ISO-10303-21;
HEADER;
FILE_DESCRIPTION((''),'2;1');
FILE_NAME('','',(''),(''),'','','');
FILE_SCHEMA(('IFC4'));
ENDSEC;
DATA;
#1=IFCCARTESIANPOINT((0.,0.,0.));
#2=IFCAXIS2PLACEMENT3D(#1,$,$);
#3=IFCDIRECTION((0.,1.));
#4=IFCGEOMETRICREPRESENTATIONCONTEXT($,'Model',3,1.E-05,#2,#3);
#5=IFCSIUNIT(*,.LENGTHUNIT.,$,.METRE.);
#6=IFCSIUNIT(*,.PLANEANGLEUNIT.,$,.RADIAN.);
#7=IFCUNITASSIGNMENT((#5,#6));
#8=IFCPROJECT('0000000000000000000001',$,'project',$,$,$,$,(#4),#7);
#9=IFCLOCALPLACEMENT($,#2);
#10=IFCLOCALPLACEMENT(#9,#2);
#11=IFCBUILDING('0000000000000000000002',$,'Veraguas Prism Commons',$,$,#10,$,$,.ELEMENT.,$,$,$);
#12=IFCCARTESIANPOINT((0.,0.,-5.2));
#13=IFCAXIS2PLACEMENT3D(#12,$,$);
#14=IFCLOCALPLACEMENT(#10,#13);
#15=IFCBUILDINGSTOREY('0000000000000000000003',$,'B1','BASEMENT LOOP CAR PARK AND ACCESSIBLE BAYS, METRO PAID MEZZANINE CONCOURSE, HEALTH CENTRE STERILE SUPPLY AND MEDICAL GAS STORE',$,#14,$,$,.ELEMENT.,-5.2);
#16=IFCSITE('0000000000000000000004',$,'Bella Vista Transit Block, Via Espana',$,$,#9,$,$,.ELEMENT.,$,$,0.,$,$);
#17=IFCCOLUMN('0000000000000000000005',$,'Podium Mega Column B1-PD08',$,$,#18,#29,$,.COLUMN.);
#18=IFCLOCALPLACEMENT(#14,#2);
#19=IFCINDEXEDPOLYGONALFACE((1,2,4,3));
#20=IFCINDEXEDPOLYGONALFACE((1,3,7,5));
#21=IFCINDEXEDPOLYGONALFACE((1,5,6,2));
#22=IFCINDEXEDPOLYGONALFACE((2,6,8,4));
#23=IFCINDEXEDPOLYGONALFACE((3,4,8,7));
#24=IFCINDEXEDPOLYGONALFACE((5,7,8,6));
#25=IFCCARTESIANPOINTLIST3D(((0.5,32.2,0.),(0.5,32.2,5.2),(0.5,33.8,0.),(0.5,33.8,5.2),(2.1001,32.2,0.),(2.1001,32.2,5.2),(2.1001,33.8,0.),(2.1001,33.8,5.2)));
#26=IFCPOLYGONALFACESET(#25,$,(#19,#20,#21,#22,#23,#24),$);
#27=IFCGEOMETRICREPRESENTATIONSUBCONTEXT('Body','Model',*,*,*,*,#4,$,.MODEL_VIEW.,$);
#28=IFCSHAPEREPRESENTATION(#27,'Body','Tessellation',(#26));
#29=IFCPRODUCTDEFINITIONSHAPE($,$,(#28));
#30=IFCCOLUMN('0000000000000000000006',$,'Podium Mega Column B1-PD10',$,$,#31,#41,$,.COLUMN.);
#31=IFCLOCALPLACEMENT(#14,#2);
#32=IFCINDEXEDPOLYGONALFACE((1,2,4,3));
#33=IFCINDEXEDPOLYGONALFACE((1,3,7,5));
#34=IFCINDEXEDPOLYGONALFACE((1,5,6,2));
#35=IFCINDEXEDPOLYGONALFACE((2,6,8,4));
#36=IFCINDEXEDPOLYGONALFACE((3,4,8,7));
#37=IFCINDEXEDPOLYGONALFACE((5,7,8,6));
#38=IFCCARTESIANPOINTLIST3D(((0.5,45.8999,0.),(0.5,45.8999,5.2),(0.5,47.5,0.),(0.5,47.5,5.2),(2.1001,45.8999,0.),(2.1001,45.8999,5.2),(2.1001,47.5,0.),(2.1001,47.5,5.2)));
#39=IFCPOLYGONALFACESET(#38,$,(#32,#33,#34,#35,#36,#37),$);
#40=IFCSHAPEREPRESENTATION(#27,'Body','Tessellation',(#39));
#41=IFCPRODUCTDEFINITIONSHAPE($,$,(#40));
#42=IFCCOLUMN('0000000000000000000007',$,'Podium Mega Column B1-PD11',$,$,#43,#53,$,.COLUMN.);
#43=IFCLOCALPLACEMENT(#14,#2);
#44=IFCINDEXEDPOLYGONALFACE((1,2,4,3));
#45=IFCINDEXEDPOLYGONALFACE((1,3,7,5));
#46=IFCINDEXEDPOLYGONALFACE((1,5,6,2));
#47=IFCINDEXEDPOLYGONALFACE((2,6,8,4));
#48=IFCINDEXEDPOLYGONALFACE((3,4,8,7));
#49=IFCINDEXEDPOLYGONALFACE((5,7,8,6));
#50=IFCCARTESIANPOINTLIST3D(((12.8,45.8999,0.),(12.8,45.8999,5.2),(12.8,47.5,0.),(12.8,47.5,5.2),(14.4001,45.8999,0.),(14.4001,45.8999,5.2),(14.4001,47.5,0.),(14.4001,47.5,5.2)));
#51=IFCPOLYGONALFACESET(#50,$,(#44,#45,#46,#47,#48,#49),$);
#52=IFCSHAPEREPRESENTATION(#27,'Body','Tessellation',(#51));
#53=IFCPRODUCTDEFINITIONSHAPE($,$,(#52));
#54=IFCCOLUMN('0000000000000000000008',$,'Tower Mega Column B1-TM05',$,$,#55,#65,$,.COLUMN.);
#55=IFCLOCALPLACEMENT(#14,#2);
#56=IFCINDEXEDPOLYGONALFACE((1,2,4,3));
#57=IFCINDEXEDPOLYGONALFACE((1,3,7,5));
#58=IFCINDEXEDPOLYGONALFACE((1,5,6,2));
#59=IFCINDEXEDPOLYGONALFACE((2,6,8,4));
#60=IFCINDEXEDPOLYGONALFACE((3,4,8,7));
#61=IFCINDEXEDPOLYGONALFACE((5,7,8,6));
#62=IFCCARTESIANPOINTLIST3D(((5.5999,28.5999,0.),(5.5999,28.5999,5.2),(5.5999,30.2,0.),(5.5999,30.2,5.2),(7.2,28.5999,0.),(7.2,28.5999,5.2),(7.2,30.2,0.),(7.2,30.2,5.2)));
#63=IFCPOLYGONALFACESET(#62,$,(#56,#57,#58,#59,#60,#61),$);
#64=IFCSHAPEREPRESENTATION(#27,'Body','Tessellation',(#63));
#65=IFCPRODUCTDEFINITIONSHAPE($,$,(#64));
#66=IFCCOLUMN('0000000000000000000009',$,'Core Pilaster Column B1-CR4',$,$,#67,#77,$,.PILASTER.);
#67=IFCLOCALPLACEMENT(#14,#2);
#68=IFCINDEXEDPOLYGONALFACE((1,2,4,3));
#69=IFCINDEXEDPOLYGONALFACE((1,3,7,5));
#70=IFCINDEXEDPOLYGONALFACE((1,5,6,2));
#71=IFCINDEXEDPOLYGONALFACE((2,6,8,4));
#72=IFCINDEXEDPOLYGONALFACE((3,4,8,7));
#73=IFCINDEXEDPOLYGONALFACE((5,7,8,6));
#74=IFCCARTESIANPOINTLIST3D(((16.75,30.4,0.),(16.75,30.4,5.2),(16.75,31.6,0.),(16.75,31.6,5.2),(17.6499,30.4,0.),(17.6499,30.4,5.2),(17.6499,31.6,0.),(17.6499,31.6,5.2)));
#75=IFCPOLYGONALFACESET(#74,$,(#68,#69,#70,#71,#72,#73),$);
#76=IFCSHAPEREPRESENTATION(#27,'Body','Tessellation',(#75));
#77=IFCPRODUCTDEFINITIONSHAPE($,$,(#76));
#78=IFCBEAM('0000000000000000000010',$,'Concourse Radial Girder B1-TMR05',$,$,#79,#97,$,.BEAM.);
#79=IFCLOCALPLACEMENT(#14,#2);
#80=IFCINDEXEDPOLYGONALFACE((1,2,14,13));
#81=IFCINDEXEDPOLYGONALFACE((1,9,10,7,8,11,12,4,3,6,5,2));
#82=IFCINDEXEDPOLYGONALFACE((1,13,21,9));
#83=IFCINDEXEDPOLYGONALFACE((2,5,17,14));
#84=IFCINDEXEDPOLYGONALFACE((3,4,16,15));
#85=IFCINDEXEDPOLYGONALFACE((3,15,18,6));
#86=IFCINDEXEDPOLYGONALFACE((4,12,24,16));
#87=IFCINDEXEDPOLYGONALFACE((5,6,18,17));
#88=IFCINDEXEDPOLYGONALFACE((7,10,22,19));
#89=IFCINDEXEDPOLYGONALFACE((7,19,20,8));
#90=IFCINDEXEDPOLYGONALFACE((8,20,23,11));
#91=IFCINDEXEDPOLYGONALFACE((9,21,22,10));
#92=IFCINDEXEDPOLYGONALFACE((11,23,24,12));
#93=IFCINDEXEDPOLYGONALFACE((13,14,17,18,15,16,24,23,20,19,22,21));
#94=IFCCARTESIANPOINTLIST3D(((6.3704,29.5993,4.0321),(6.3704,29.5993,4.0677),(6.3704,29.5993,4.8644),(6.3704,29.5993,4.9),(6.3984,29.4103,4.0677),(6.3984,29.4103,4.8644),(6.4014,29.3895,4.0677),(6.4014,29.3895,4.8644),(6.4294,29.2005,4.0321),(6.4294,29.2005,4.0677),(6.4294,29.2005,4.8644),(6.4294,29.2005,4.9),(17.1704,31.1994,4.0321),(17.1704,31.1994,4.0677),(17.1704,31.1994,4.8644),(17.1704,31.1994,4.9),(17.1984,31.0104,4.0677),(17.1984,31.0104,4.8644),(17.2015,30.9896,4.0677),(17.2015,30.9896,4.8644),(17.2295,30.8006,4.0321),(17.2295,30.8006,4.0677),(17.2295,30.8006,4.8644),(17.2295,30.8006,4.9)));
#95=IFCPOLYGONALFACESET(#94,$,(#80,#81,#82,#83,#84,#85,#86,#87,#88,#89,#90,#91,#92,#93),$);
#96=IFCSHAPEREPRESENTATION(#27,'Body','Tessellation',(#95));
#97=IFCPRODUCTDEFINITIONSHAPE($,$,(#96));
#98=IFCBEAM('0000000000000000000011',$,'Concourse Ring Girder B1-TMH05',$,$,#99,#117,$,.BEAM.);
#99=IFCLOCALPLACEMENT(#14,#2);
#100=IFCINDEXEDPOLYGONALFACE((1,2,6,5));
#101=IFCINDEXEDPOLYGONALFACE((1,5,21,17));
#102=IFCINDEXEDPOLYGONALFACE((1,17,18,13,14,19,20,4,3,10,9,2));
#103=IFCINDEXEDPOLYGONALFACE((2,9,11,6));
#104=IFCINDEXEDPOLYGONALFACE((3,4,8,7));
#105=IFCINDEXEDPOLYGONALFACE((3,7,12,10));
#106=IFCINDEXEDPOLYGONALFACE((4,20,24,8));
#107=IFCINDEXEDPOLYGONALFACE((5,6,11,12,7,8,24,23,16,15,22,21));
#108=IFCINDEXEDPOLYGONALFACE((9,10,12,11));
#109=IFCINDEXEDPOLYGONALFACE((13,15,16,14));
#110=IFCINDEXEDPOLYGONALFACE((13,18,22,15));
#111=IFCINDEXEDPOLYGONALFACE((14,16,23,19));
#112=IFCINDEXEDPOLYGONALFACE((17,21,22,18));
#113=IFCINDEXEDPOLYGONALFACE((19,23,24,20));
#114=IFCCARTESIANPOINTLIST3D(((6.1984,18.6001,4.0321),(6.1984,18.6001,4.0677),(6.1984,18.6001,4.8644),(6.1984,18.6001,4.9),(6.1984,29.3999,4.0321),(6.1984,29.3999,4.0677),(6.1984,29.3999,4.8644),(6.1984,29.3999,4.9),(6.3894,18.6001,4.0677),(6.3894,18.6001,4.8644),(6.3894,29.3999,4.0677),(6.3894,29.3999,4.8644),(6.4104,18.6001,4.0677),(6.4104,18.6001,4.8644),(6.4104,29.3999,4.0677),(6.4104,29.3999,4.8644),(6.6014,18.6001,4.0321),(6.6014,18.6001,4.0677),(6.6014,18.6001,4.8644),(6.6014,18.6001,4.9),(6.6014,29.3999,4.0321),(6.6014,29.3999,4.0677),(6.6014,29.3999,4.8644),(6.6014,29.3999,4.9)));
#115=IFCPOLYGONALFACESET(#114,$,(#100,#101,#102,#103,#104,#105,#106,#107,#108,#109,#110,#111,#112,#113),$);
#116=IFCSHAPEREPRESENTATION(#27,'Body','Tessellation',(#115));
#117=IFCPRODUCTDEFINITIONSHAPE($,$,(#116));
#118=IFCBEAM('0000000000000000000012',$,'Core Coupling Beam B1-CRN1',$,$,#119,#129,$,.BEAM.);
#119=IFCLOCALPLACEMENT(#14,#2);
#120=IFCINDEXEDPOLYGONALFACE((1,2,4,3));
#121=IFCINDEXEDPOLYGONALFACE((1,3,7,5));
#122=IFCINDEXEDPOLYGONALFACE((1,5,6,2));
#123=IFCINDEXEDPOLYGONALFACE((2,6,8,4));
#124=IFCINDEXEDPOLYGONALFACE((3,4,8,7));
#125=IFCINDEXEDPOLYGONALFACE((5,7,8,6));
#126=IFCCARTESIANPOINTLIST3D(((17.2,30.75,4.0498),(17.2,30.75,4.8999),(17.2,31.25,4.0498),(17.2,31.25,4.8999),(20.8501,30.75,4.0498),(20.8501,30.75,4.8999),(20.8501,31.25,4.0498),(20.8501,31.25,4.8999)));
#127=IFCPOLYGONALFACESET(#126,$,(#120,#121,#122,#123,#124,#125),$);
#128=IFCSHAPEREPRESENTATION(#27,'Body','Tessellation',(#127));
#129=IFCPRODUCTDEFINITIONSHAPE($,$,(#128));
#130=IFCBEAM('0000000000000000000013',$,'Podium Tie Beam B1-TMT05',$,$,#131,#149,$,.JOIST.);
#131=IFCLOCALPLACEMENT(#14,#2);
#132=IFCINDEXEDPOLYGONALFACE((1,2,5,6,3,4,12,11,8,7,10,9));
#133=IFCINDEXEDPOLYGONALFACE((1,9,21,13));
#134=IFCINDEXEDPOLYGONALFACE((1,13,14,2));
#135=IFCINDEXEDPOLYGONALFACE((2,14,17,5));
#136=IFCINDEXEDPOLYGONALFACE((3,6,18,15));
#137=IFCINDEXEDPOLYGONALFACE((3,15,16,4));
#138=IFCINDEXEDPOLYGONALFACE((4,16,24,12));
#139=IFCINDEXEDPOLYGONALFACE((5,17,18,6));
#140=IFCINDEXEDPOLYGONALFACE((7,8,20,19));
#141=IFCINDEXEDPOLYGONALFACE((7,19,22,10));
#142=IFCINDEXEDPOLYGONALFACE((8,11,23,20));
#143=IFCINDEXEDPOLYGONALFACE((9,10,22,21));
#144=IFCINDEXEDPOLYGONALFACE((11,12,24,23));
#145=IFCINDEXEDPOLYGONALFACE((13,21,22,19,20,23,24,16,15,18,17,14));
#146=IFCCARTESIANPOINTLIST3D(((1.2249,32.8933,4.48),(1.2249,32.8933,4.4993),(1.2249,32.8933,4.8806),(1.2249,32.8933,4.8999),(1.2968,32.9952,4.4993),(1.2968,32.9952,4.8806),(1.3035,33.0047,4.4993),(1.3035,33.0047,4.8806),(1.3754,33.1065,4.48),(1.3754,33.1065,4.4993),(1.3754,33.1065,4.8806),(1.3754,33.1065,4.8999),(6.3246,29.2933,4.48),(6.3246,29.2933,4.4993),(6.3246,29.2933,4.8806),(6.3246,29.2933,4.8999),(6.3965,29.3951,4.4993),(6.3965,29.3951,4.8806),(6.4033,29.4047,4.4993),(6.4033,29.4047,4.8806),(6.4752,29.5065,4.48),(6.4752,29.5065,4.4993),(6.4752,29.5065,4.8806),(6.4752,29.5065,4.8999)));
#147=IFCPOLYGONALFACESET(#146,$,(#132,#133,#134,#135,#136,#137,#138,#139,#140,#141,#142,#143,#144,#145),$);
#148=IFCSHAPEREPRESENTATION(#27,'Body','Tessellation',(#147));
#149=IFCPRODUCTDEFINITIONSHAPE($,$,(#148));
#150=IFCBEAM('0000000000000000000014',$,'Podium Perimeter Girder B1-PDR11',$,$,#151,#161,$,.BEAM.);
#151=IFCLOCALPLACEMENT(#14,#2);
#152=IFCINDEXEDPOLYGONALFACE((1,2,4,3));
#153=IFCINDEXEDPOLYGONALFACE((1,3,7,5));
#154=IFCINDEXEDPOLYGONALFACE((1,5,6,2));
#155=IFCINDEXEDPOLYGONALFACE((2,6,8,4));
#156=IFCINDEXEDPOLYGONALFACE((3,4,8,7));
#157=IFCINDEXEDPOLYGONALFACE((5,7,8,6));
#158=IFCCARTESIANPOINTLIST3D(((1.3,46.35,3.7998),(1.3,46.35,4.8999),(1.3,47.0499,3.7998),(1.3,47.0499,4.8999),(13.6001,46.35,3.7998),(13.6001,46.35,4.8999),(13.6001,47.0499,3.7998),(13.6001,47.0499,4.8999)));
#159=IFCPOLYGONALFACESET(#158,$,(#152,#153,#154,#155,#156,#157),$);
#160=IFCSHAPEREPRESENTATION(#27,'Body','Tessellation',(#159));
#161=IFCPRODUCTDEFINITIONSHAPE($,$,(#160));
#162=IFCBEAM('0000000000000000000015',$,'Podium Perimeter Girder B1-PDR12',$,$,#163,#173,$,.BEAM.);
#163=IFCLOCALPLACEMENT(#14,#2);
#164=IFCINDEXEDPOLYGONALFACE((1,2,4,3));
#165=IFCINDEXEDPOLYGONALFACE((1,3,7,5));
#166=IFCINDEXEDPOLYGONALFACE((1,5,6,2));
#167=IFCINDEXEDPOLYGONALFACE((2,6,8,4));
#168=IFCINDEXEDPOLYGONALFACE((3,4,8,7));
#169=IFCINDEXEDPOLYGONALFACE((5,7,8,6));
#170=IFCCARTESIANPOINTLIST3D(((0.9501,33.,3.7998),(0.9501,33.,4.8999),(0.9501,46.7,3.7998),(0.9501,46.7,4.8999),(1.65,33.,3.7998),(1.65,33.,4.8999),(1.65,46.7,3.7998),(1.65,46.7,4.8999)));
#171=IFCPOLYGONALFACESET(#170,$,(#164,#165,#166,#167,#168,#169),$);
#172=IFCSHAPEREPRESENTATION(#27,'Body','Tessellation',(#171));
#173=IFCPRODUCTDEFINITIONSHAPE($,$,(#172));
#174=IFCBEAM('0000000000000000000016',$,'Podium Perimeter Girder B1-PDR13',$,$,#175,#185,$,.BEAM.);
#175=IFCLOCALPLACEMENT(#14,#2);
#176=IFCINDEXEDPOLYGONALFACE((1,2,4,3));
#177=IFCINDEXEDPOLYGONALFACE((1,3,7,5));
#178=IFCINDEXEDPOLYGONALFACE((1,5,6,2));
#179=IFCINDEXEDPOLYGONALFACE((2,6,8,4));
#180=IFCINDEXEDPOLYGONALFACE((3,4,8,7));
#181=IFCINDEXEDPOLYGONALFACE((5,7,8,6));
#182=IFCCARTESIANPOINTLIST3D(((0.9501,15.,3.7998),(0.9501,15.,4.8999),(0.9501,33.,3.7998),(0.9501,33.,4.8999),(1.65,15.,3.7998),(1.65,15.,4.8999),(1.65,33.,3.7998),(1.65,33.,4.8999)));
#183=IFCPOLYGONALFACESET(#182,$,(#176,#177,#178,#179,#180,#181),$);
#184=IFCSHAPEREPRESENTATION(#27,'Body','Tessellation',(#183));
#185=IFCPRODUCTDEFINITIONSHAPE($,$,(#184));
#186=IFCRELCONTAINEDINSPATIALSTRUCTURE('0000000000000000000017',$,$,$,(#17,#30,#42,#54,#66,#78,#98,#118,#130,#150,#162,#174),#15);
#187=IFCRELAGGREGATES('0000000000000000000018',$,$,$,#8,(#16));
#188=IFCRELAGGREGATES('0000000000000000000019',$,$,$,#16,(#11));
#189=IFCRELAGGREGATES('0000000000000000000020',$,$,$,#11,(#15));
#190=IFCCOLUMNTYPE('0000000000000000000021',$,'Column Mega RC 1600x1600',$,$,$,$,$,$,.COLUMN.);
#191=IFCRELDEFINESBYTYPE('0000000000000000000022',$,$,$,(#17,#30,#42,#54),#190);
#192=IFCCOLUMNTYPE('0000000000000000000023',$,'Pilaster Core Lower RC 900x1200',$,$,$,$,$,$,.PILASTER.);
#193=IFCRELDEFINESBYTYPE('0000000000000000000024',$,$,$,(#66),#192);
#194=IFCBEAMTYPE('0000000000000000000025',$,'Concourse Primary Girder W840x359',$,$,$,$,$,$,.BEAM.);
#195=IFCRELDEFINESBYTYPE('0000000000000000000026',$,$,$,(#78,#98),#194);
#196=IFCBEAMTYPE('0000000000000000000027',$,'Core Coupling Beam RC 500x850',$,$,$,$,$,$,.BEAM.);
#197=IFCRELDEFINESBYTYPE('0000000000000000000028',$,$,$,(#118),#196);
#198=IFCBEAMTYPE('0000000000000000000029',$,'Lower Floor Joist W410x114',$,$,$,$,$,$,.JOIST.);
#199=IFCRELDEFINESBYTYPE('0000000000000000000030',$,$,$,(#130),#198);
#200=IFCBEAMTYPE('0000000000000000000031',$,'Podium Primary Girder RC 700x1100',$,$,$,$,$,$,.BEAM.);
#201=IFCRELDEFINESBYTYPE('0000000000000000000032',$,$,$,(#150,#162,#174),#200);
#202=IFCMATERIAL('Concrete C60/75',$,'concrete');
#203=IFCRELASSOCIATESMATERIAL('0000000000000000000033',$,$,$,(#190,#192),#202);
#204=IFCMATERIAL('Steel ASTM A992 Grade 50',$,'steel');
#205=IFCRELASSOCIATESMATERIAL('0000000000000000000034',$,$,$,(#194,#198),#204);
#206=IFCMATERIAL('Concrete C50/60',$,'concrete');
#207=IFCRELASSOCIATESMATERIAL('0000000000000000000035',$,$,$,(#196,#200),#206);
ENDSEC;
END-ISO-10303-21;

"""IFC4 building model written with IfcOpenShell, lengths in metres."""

from ifc_helpers import new_model, si_unit, direction, frame, origin, origin_2d, place, context, subcontext, project, spatial, rectangle, i_section, extrude, material, material_profile, profile_set, type_object, element, save


model = new_model("IFC4")

# Units and contexts
model_context = context("Model", 3, precision=1e-05, world=origin(), true_north=direction((0.0, 1.0)))
body_context = subcontext(model_context, "Body", "Model", "MODEL_VIEW")
ifc_project = project(units=[si_unit("LENGTHUNIT", "METRE"), si_unit("PLANEANGLEUNIT", "RADIAN")], contexts=[model_context])

# Site, building, storey
site_placement = place(None, origin())
site = spatial("IfcSite", under=ifc_project, at=site_placement, Name="Bella Vista Transit Block, Via Espana", CompositionType="ELEMENT", RefElevation=0.0)
building_placement = place(site_placement, origin())
building = spatial("IfcBuilding", under=site, at=building_placement, Name="Veraguas Prism Commons", CompositionType="ELEMENT")
storey_placement = place(building_placement, frame((0.0, 0.0, -5.2)))
storey = spatial("IfcBuildingStorey", under=building, at=storey_placement, Name="B1", Description="BASEMENT LOOP CAR PARK AND ACCESSIBLE BAYS, METRO PAID MEZZANINE CONCOURSE, HEALTH CENTRE STERILE SUPPLY AND MEDICAL GAS STORE", CompositionType="ELEMENT", Elevation=-5.2)

# Columns
ifc_material_1 = material(Name="Concrete C60/75", Category="concrete")
ifc_material_profile_1 = material_profile(ifc_material_1, rectangle(XDim=1.6001, YDim=1.6001, at=origin_2d()), Name="RC1600X1600")
ifc_profile_set_1 = profile_set([ifc_material_profile_1], Name="Concrete C60/75")
column_type_1 = type_object("IfcColumnType", Name="Column Mega RC 1600x1600", PredefinedType="COLUMN", material=ifc_profile_set_1)
for number, where, z_axis, x_axis, name in (
    (1, (1.3, 33.0, 0.0), (0.0, 0.0, 1.0), (1.0, 0.0, 0.0), "Podium Mega Column B1-PD08"),
    (2, (1.3, 46.7, 0.0), (0.0, 0.0, 1.0), (1.0, 0.0, 0.0), "Podium Mega Column B1-PD10"),
    (3, (13.6001, 46.7, 0.0), (0.0, 0.0, 1.0), (1.0, 0.0, 0.0), "Podium Mega Column B1-PD11"),
    (4, (6.3999, 29.3999, 0.0), (0.0, 0.0, 1.0), (1.0, 0.0, 0.0), "Tower Mega Column B1-TM05"),
):
    element("IfcColumn", number, at=place(storey_placement, frame(where, z_axis=z_axis, x_axis=x_axis)), inside=storey, type_object=column_type_1, Name=name, PredefinedType="COLUMN", context=body_context, shape_type="SweptSolid", body=[
        extrude(rectangle(XDim=1.6001, YDim=1.6001, at=origin_2d()), origin(), (0.0, 0.0, 1.0), 5.2),
    ])
ifc_material_profile_2 = material_profile(ifc_material_1, rectangle(XDim=0.8999, YDim=1.2, at=origin_2d()), Name="RC900X1200")
ifc_profile_set_2 = profile_set([ifc_material_profile_2], Name="Concrete C60/75")
column_type_2 = type_object("IfcColumnType", Name="Pilaster Core Lower RC 900x1200", PredefinedType="PILASTER", material=ifc_profile_set_2)
column_placement = place(storey_placement, frame((17.2, 31.0, 0.0), z_axis=(0.0, 0.0, 1.0), x_axis=(1.0, 0.0, 0.0)))
element("IfcColumn", 5, at=column_placement, inside=storey, type_object=column_type_2, Name="Core Pilaster Column B1-CR4", PredefinedType="PILASTER", context=body_context, shape_type="SweptSolid", body=[
    extrude(rectangle(XDim=0.8999, YDim=1.2, at=origin_2d()), origin(), (0.0, 0.0, 1.0), 5.2),
])

# Beams
ifc_material_2 = material(Name="Steel ASTM A992 Grade 50", Category="steel")
ifc_material_profile_3 = material_profile(ifc_material_2, i_section(OverallWidth=0.4031, OverallDepth=0.8679, WebThickness=0.021, FlangeThickness=0.0356, at=origin_2d()), Name="W840X359")
ifc_profile_set_3 = profile_set([ifc_material_profile_3], Name="Steel ASTM A992 Grade 50")
beam_type_1 = type_object("IfcBeamType", Name="Concourse Primary Girder W840x359", PredefinedType="BEAM", material=ifc_profile_set_3)
beam_1_placement = place(storey_placement, frame((6.3999, 29.3999, 4.4661), z_axis=(0.989202, 0.146557, 0.0), x_axis=(-0.146557, 0.989202, 0.0)))
element("IfcBeam", 6, at=beam_1_placement, inside=storey, type_object=beam_type_1, Name="Concourse Radial Girder B1-TMR05", PredefinedType="BEAM", context=body_context, shape_type="SweptSolid", body=[
    extrude(i_section(OverallWidth=0.4031, OverallDepth=0.8679, WebThickness=0.021, FlangeThickness=0.0356, at=origin_2d()), origin(), (0.0, 0.0, 1.0), 10.918),
])
beam_2_placement = place(storey_placement, frame((6.3999, 29.3999, 4.4661), z_axis=(0.0, -1.0, 0.0), x_axis=(1.0, 0.0, 0.0)))
element("IfcBeam", 7, at=beam_2_placement, inside=storey, type_object=beam_type_1, Name="Concourse Ring Girder B1-TMH05", PredefinedType="BEAM", context=body_context, shape_type="SweptSolid", body=[
    extrude(i_section(OverallWidth=0.4031, OverallDepth=0.8679, WebThickness=0.021, FlangeThickness=0.0356, at=origin_2d()), origin(), (0.0, 0.0, 1.0), 10.7998),
])
ifc_material_3 = material(Name="Concrete C50/60", Category="concrete")
ifc_material_profile_4 = material_profile(ifc_material_3, rectangle(XDim=0.5, YDim=0.8501, at=origin_2d()), Name="RC500X850")
ifc_profile_set_4 = profile_set([ifc_material_profile_4], Name="Concrete C50/60")
beam_type_2 = type_object("IfcBeamType", Name="Core Coupling Beam RC 500x850", PredefinedType="BEAM", material=ifc_profile_set_4)
beam_3_placement = place(storey_placement, frame((17.2, 31.0, 4.4749), z_axis=(1.0, 0.0, 0.0), x_axis=(0.0, 1.0, 0.0)))
element("IfcBeam", 8, at=beam_3_placement, inside=storey, type_object=beam_type_2, Name="Core Coupling Beam B1-CRN1", PredefinedType="BEAM", context=body_context, shape_type="SweptSolid", body=[
    extrude(rectangle(XDim=0.5, YDim=0.8501, at=origin_2d()), origin(), (0.0, 0.0, 1.0), 3.6501),
])
ifc_material_profile_5 = material_profile(ifc_material_2, i_section(OverallWidth=0.261, OverallDepth=0.4199, WebThickness=0.0117, FlangeThickness=0.0193, at=origin_2d()), Name="W410X114")
ifc_profile_set_5 = profile_set([ifc_material_profile_5], Name="Steel ASTM A992 Grade 50")
beam_type_3 = type_object("IfcBeamType", Name="Lower Floor Joist W410x114", PredefinedType="JOIST", material=ifc_profile_set_5)
beam_4_placement = place(storey_placement, frame((6.3999, 29.3999, 4.6899), z_axis=(-0.816953, 0.576705, 0.0), x_axis=(-0.576705, -0.816953, 0.0)))
element("IfcBeam", 9, at=beam_4_placement, inside=storey, type_object=beam_type_3, Name="Podium Tie Beam B1-TMT05", PredefinedType="JOIST", context=body_context, shape_type="SweptSolid", body=[
    extrude(i_section(OverallWidth=0.261, OverallDepth=0.4199, WebThickness=0.0117, FlangeThickness=0.0193, at=origin_2d()), origin(), (0.0, 0.0, 1.0), 6.2424),
])
ifc_material_profile_6 = material_profile(ifc_material_3, rectangle(XDim=0.7, YDim=1.1001, at=origin_2d()), Name="RC700X1100")
ifc_profile_set_6 = profile_set([ifc_material_profile_6], Name="Concrete C50/60")
beam_type_4 = type_object("IfcBeamType", Name="Podium Primary Girder RC 700x1100", PredefinedType="BEAM", material=ifc_profile_set_6)
beam_5_placement = place(storey_placement, frame((13.6001, 46.7, 4.3499), z_axis=(-1.0, 0.0, 0.0), x_axis=(0.0, -1.0, 0.0)))
element("IfcBeam", 10, at=beam_5_placement, inside=storey, type_object=beam_type_4, Name="Podium Perimeter Girder B1-PDR11", PredefinedType="BEAM", context=body_context, shape_type="SweptSolid", body=[
    extrude(rectangle(XDim=0.7, YDim=1.1001, at=origin_2d()), origin(), (0.0, 0.0, 1.0), 12.3),
])
beam_6_placement = place(storey_placement, frame((1.3, 46.7, 4.3499), z_axis=(0.0, -1.0, 0.0), x_axis=(1.0, 0.0, 0.0)))
element("IfcBeam", 11, at=beam_6_placement, inside=storey, type_object=beam_type_4, Name="Podium Perimeter Girder B1-PDR12", PredefinedType="BEAM", context=body_context, shape_type="SweptSolid", body=[
    extrude(rectangle(XDim=0.7, YDim=1.1001, at=origin_2d()), origin(), (0.0, 0.0, 1.0), 13.7),
])
beam_7_placement = place(storey_placement, frame((1.3, 33.0, 4.3499), z_axis=(0.0, -1.0, 0.0), x_axis=(1.0, 0.0, 0.0)))
element("IfcBeam", 12, at=beam_7_placement, inside=storey, type_object=beam_type_4, Name="Podium Perimeter Girder B1-PDR13", PredefinedType="BEAM", context=body_context, shape_type="SweptSolid", body=[
    extrude(rectangle(XDim=0.7, YDim=1.1001, at=origin_2d()), origin(), (0.0, 0.0, 1.0), 18.0),
])

save(model, "model.ifc")
